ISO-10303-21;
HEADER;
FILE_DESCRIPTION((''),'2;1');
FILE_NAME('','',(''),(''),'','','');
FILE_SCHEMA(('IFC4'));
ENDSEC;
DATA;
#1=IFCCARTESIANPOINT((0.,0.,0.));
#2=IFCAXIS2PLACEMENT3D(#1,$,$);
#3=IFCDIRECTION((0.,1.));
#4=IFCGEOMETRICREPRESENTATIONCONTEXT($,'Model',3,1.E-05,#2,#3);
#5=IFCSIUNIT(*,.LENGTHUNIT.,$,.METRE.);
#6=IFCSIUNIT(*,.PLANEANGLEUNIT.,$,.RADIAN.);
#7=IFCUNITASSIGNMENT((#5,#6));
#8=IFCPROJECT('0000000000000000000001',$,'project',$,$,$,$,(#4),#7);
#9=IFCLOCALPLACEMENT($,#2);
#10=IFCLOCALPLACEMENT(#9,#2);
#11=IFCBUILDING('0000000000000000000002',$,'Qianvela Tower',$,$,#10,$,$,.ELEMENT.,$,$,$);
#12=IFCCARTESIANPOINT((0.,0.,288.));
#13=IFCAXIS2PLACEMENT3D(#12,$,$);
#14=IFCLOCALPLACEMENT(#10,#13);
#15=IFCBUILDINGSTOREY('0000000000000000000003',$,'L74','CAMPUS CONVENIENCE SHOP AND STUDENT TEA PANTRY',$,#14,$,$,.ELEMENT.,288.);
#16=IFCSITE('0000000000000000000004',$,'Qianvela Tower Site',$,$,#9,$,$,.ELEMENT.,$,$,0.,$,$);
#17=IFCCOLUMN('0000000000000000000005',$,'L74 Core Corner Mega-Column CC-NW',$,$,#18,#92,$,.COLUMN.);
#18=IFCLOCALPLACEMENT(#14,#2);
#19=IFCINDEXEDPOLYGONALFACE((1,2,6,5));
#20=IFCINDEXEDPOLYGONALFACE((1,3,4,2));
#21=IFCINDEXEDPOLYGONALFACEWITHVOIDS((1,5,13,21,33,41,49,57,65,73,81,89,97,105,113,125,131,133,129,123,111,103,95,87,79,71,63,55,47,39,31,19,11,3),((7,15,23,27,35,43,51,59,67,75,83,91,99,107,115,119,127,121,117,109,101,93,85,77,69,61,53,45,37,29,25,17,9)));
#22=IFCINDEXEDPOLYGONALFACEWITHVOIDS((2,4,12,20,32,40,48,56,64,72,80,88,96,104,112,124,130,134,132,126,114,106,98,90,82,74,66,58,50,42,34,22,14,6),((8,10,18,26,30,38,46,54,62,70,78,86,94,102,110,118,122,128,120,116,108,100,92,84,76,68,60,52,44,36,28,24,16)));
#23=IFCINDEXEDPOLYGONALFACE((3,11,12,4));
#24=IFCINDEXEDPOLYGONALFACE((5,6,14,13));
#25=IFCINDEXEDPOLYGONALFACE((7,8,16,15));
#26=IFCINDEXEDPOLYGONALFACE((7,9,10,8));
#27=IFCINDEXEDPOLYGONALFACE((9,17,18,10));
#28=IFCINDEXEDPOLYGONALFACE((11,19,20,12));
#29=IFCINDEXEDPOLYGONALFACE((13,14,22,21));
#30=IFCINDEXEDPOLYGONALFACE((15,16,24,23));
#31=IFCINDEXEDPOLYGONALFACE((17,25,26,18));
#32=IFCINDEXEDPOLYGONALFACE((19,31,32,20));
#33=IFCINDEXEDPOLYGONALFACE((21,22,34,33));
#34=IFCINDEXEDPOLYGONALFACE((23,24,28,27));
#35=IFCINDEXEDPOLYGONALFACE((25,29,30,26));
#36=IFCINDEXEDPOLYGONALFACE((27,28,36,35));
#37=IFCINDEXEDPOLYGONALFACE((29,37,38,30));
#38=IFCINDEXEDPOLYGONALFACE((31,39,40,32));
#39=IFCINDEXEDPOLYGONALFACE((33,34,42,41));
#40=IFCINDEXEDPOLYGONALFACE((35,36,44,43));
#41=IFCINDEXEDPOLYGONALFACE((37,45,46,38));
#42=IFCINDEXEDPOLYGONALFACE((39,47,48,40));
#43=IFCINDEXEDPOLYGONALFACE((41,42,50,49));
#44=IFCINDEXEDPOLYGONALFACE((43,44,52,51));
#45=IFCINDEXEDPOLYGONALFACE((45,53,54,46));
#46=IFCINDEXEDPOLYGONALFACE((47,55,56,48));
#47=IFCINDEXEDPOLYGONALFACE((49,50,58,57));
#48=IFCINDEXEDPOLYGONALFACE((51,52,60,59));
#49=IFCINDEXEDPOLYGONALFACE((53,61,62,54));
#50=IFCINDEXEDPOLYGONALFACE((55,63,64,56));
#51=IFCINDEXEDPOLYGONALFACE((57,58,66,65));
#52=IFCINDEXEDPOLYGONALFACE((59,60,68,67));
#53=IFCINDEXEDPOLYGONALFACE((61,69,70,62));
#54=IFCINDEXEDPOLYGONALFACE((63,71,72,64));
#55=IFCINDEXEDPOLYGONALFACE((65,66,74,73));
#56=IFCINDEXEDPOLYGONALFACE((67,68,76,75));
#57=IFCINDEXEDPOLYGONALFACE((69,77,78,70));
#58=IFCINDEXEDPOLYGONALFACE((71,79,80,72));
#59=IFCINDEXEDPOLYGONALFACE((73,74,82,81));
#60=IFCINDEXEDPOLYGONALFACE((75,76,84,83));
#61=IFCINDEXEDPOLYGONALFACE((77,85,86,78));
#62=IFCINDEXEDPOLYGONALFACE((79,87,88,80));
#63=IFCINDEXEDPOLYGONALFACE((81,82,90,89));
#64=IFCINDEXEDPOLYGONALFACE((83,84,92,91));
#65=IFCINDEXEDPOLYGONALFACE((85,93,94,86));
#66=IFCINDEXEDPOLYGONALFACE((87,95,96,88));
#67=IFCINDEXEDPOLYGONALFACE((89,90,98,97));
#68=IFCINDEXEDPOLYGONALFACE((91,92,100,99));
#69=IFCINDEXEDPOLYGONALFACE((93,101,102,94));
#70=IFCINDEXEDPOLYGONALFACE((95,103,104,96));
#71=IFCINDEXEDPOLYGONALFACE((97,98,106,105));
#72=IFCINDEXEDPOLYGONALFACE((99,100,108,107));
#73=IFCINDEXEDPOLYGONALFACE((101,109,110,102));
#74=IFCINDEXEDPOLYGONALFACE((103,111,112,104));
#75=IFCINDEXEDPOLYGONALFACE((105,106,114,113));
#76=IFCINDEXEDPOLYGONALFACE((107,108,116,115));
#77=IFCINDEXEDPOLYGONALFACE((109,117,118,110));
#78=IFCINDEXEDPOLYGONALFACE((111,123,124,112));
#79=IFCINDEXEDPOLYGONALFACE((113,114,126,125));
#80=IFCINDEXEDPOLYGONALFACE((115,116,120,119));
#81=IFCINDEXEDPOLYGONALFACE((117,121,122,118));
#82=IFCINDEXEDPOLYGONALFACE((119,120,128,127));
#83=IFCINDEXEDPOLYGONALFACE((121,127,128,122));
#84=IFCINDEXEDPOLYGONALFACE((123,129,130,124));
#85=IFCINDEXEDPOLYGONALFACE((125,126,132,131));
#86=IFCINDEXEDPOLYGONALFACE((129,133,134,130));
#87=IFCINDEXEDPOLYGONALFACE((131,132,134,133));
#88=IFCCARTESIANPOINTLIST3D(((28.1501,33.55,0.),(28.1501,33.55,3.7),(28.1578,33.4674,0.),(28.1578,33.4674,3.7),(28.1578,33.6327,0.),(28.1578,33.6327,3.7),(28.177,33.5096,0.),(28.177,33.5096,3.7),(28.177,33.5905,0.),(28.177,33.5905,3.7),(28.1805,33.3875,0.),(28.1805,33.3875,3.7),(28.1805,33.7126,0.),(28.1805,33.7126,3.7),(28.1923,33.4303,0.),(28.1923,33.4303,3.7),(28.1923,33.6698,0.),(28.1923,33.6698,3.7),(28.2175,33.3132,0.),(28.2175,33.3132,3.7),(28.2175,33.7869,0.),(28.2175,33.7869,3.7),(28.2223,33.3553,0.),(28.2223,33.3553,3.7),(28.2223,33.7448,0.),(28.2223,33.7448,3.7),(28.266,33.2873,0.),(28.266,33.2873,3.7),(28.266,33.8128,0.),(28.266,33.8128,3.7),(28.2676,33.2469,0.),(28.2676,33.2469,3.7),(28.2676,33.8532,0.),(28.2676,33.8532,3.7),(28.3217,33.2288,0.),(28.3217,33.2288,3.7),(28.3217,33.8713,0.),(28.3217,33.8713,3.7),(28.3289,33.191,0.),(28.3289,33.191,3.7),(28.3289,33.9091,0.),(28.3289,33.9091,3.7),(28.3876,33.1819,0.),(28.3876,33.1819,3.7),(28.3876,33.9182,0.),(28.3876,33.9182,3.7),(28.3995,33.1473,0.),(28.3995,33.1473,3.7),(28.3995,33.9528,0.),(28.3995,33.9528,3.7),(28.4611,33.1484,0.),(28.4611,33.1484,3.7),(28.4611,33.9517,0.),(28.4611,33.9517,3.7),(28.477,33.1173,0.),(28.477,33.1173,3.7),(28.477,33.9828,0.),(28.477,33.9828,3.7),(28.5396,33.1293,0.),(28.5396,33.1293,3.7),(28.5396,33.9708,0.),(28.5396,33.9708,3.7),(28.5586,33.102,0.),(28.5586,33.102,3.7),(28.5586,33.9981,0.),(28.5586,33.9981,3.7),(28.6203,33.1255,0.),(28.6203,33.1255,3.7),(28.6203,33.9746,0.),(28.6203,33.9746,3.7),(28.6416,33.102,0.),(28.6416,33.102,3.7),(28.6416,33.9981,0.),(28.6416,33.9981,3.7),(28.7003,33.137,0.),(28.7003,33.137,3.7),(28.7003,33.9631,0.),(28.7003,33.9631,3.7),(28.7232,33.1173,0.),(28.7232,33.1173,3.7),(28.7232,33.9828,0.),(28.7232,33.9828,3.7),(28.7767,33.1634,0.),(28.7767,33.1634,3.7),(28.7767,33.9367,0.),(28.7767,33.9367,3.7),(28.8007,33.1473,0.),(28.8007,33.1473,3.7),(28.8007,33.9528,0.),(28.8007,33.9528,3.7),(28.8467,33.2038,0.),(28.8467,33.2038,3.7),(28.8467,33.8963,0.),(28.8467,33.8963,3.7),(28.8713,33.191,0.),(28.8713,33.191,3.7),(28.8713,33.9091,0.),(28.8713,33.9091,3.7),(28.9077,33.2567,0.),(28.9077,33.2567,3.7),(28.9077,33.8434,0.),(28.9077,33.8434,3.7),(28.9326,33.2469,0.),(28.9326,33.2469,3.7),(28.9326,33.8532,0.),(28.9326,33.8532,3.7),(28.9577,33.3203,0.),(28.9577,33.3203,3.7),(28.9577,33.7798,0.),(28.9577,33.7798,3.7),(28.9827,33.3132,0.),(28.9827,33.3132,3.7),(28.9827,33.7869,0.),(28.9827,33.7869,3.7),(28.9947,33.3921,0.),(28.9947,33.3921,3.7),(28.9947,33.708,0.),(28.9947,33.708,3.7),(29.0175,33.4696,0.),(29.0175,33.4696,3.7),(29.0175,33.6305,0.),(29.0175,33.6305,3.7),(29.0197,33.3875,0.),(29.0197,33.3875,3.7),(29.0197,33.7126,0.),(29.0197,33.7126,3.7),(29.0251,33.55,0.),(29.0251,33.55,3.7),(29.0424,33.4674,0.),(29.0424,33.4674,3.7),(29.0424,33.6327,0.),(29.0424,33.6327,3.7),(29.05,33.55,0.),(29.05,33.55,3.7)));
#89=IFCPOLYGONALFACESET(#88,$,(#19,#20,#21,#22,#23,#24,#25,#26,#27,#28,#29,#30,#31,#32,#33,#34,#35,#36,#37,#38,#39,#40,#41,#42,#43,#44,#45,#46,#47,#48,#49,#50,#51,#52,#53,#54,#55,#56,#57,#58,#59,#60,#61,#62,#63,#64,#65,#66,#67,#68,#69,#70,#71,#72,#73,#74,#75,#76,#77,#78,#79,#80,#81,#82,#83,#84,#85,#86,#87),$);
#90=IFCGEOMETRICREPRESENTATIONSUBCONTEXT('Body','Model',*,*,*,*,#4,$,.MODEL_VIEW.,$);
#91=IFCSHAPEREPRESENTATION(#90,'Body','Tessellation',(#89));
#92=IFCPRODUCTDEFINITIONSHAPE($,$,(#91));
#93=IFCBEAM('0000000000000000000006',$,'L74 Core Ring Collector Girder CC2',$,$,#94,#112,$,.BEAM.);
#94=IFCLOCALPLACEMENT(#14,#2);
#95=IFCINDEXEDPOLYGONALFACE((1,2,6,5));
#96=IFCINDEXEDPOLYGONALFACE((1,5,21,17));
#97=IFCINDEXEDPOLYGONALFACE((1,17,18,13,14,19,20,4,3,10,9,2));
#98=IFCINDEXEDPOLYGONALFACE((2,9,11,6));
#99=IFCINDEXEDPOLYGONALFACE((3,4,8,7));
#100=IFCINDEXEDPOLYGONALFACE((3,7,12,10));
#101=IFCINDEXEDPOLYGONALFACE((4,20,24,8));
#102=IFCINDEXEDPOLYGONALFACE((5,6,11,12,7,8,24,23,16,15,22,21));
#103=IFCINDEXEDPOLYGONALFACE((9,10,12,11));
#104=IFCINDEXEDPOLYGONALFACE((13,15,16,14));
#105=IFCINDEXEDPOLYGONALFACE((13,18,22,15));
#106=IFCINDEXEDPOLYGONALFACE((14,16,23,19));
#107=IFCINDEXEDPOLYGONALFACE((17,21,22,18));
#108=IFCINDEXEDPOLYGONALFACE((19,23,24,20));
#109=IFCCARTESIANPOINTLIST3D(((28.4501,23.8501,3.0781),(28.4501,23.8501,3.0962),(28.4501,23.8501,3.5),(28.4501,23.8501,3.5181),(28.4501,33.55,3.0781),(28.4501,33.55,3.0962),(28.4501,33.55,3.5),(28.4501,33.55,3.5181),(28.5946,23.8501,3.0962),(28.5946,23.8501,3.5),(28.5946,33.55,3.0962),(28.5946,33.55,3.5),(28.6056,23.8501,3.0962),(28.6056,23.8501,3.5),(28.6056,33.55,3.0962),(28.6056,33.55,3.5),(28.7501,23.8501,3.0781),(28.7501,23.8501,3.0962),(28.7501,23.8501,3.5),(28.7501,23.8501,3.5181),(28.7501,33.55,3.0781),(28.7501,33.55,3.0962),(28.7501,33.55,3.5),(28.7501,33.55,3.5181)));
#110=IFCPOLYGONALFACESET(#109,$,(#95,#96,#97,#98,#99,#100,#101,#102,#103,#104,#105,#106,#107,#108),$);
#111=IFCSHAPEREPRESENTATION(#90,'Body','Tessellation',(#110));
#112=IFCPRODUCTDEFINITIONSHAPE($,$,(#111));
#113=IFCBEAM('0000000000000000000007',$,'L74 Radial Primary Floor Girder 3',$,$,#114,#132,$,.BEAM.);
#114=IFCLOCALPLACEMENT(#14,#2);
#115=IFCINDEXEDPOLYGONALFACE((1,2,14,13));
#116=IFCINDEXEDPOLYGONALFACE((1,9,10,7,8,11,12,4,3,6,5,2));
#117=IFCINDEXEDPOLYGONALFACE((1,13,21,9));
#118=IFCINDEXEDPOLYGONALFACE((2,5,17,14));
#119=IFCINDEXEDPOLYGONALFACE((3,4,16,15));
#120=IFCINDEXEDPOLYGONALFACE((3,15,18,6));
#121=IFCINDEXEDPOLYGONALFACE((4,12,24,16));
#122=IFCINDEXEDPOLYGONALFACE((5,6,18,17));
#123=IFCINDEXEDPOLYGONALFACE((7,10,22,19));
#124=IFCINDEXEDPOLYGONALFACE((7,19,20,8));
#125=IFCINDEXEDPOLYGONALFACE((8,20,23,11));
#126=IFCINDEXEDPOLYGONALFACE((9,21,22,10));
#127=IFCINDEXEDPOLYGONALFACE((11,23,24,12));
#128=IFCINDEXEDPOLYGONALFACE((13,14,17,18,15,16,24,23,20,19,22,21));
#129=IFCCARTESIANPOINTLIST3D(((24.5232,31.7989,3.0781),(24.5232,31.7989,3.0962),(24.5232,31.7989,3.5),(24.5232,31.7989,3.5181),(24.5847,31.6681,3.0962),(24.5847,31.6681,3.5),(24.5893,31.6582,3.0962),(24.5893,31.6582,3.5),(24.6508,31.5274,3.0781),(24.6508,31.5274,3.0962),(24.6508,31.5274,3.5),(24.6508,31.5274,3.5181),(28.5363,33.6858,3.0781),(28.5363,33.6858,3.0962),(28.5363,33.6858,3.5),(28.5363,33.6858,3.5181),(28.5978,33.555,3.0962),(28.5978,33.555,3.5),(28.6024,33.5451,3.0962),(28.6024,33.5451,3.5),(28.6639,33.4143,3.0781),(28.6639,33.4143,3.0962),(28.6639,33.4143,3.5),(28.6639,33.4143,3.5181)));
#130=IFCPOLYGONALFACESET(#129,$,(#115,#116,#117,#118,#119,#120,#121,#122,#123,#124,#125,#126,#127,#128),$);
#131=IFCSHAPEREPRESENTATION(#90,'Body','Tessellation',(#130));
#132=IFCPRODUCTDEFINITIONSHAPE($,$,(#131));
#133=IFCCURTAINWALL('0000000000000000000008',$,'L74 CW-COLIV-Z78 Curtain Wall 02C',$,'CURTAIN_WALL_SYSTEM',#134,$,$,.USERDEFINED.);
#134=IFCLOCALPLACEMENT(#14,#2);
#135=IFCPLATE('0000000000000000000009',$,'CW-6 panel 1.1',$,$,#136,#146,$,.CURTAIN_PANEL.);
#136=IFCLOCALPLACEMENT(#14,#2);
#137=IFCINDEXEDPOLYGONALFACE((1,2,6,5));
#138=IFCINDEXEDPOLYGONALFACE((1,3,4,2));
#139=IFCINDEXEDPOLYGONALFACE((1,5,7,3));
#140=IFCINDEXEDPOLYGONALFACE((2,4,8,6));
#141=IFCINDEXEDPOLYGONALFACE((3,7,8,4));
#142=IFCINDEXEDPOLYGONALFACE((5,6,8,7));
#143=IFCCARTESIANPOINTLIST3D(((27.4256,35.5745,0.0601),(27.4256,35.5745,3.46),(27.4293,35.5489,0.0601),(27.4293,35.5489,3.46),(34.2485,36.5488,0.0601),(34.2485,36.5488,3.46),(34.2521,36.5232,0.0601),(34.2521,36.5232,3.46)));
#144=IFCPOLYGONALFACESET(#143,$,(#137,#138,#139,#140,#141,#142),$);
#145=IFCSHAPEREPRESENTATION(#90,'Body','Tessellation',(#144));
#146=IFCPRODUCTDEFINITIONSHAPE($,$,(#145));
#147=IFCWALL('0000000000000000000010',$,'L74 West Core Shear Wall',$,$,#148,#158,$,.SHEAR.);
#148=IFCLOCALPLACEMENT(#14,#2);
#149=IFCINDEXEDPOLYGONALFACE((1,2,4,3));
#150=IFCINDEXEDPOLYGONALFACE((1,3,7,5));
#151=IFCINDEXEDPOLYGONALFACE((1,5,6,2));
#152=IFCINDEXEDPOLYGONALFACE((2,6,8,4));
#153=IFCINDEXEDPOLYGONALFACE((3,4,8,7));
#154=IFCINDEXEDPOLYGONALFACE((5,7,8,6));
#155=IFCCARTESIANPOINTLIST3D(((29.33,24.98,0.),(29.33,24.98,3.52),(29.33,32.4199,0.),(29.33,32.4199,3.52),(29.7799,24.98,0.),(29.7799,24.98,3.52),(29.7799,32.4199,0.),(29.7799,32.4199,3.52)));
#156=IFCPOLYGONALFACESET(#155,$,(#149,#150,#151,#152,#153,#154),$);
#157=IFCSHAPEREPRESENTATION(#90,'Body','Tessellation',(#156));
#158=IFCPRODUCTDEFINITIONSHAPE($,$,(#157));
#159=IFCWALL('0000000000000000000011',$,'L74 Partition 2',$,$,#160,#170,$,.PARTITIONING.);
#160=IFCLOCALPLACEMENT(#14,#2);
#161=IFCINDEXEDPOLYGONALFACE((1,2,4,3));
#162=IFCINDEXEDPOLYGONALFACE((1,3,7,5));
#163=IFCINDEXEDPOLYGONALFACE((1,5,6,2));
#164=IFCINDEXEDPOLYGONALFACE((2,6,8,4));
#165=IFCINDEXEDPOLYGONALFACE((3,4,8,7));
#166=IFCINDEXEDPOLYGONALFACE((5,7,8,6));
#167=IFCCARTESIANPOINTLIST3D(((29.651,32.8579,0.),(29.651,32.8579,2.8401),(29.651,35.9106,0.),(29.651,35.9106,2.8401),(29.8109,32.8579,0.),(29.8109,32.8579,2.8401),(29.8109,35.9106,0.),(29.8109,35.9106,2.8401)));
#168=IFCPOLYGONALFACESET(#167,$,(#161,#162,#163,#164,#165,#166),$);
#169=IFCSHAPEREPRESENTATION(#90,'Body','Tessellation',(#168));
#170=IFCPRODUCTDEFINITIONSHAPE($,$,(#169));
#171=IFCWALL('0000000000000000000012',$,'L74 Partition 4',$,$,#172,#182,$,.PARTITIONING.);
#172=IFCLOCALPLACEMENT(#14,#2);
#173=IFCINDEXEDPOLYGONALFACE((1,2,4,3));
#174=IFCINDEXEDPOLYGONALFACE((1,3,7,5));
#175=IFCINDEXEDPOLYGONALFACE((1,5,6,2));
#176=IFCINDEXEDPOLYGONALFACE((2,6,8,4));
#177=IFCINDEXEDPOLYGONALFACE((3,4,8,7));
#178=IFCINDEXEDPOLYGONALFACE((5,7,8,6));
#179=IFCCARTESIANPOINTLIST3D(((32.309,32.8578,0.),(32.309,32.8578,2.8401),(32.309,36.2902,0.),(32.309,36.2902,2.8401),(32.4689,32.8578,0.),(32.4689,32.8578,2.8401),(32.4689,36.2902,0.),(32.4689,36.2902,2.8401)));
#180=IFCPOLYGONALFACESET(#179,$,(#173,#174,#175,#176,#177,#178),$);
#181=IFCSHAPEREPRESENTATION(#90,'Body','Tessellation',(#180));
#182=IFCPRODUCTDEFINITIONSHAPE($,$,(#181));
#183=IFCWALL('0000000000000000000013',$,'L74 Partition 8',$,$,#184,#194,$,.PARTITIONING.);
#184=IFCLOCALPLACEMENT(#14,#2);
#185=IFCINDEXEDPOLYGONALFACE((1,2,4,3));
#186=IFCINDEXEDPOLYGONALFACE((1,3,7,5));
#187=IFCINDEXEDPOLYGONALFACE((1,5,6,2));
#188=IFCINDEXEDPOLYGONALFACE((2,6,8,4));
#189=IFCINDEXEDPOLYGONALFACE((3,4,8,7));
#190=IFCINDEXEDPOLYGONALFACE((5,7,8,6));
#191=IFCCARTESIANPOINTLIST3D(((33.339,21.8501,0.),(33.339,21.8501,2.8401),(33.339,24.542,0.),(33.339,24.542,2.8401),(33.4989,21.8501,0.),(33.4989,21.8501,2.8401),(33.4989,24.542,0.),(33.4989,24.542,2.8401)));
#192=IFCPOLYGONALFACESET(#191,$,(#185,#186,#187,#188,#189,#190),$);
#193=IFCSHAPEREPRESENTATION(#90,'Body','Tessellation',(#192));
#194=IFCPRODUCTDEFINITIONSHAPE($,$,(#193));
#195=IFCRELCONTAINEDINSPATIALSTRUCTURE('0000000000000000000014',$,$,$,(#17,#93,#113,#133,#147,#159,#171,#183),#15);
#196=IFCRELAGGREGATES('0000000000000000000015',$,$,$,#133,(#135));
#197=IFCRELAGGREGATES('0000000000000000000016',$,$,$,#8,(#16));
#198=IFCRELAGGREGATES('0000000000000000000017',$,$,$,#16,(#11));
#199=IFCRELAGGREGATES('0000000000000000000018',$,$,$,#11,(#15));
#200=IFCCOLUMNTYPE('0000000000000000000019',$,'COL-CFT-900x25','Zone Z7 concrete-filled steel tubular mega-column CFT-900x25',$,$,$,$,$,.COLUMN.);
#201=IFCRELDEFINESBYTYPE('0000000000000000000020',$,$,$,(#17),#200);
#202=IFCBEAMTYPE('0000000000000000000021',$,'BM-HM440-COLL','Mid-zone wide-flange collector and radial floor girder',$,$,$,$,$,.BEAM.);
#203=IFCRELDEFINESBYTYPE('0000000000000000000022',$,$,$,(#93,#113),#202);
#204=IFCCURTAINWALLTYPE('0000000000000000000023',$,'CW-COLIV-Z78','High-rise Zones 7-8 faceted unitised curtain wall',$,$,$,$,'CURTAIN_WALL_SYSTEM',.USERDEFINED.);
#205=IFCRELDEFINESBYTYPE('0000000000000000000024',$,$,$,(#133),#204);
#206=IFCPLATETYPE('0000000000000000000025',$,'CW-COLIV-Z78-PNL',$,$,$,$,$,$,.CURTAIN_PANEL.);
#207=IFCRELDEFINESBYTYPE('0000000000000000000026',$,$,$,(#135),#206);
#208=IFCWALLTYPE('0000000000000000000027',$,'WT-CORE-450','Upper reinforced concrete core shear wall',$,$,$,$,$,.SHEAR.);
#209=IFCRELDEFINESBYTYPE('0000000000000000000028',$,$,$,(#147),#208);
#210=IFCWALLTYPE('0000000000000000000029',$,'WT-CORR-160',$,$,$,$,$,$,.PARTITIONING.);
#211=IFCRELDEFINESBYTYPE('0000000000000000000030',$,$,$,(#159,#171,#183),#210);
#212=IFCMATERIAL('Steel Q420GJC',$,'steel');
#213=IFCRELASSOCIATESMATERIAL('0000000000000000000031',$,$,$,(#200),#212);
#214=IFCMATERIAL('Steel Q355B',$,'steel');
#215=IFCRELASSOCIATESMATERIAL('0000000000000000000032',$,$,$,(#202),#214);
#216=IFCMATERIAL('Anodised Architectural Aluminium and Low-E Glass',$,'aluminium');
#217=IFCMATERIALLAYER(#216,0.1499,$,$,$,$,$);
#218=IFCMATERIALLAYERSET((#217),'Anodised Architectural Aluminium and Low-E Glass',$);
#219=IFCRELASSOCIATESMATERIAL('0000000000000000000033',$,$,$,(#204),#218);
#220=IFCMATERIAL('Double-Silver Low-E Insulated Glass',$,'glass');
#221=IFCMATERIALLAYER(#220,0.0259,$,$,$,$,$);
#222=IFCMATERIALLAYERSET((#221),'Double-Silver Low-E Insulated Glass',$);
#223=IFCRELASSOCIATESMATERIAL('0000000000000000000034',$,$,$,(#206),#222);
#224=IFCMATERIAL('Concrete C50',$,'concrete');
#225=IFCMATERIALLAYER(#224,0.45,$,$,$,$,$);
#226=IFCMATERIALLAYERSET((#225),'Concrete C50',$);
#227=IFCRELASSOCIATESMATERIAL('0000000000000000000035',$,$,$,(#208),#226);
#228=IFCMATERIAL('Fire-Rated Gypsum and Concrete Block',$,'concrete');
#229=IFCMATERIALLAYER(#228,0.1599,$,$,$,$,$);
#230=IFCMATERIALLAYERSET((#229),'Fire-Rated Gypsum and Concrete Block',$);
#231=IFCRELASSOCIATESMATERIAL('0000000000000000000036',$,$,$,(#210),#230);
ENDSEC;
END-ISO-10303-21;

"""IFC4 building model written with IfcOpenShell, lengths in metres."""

from ifc_helpers import new_model, si_unit, direction, frame, frame_2d, origin, origin_2d, place, context, subcontext, project, spatial, rectangle, hollow_circle, i_section, extrude, material, layer, layer_set, material_profile, profile_set, type_object, element, aggregate, save


model = new_model("IFC4")

# Units and contexts
model_context = context("Model", 3, precision=1e-05, world=origin(), true_north=direction((0.0, 1.0)))
body_context = subcontext(model_context, "Body", "Model", "MODEL_VIEW")
ifc_project = project(units=[si_unit("LENGTHUNIT", "METRE"), si_unit("PLANEANGLEUNIT", "RADIAN")], contexts=[model_context])

# Site, building, storey
site_placement = place(None, origin())
site = spatial("IfcSite", under=ifc_project, at=site_placement, Name="Qianvela Tower Site", CompositionType="ELEMENT", RefElevation=0.0)
building_placement = place(site_placement, origin())
building = spatial("IfcBuilding", under=site, at=building_placement, Name="Qianvela Tower", CompositionType="ELEMENT")
storey_placement = place(building_placement, frame((0.0, 0.0, 288.0)))
storey = spatial("IfcBuildingStorey", under=building, at=storey_placement, Name="L74", Description="CAMPUS CONVENIENCE SHOP AND STUDENT TEA PANTRY", CompositionType="ELEMENT", Elevation=288.0)

# Column
ifc_material_1 = material(Name="Steel Q420GJC", Category="steel")
ifc_material_profile_1 = material_profile(ifc_material_1, hollow_circle(Radius=0.45, WallThickness=0.0249, at=origin_2d()), Name="CFT-900x25")
ifc_profile_set_1 = profile_set([ifc_material_profile_1], Name="Steel Q420GJC")
column_type = type_object("IfcColumnType", Name="COL-CFT-900x25", Description="Zone Z7 concrete-filled steel tubular mega-column CFT-900x25", PredefinedType="COLUMN", material=ifc_profile_set_1)
column_placement = place(storey_placement, frame((28.6001, 33.55, 0.0), z_axis=(0.0, 0.0, 1.0), x_axis=(1.0, 0.0, 0.0)))
element("IfcColumn", 1, at=column_placement, inside=storey, type_object=column_type, Name="L74 Core Corner Mega-Column CC-NW", PredefinedType="COLUMN", context=body_context, shape_type="SweptSolid", body=[
    extrude(hollow_circle(Radius=0.45, WallThickness=0.0249, at=origin_2d()), origin(), (0.0, 0.0, 1.0), 3.7),
])

# Beams
ifc_material_2 = material(Name="Steel Q355B", Category="steel")
ifc_material_profile_2 = material_profile(ifc_material_2, i_section(OverallWidth=0.3, OverallDepth=0.4399, WebThickness=0.011, FlangeThickness=0.0181, at=origin_2d()), Name="HM440x300x11x18")
ifc_profile_set_2 = profile_set([ifc_material_profile_2], Name="Steel Q355B")
beam_type = type_object("IfcBeamType", Name="BM-HM440-COLL", Description="Mid-zone wide-flange collector and radial floor girder", PredefinedType="BEAM", material=ifc_profile_set_2)
beam_1_placement = place(storey_placement, frame((28.6001, 33.55, 3.2981), z_axis=(0.0, -1.0, 0.0), x_axis=(1.0, 0.0, 0.0)))
element("IfcBeam", 2, at=beam_1_placement, inside=storey, type_object=beam_type, Name="L74 Core Ring Collector Girder CC2", PredefinedType="BEAM", context=body_context, shape_type="SweptSolid", body=[
    extrude(i_section(OverallWidth=0.3, OverallDepth=0.4399, WebThickness=0.011, FlangeThickness=0.0181, at=origin_2d()), origin(), (0.0, 0.0, 1.0), 9.7),
])
beam_2_placement = place(storey_placement, frame((28.6001, 33.55, 3.2981), z_axis=(-0.904957, -0.425503, 0.0), x_axis=(0.425503, -0.904957, 0.0)))
element("IfcBeam", 3, at=beam_2_placement, inside=storey, type_object=beam_type, Name="L74 Radial Primary Floor Girder 3", PredefinedType="BEAM", context=body_context, shape_type="SweptSolid", body=[
    extrude(i_section(OverallWidth=0.3, OverallDepth=0.4399, WebThickness=0.011, FlangeThickness=0.0181, at=origin_2d()), origin(), (0.0, 0.0, 1.0), 4.4346),
])

# Curtain wall, plate
ifc_material_3 = material(Name="Anodised Architectural Aluminium and Low-E Glass", Category="aluminium")
ifc_layer_1 = layer(ifc_material_3, 0.1499)
ifc_layer_set_1 = layer_set([ifc_layer_1], Name="Anodised Architectural Aluminium and Low-E Glass")
curtain_wall_type = type_object("IfcCurtainWallType", Name="CW-COLIV-Z78", Description="High-rise Zones 7-8 faceted unitised curtain wall", ElementType="CURTAIN_WALL_SYSTEM", PredefinedType="USERDEFINED", material=ifc_layer_set_1)
curtain_wall_placement = place(storey_placement, origin())
curtain_wall = element("IfcCurtainWall", 4, at=curtain_wall_placement, inside=storey, type_object=curtain_wall_type, Name="L74 CW-COLIV-Z78 Curtain Wall 02C", ObjectType="CURTAIN_WALL_SYSTEM", PredefinedType="USERDEFINED")
ifc_material_4 = material(Name="Double-Silver Low-E Insulated Glass", Category="glass")
ifc_layer_2 = layer(ifc_material_4, 0.0259)
ifc_layer_set_2 = layer_set([ifc_layer_2], Name="Double-Silver Low-E Insulated Glass")
plate_type = type_object("IfcPlateType", Name="CW-COLIV-Z78-PNL", PredefinedType="CURTAIN_PANEL", material=ifc_layer_set_2)
plate_placement = place(storey_placement, frame((30.8389, 36.0488, 0.0601), z_axis=(0.0, 0.0, 1.0), x_axis=(-0.989958, -0.141362, 0.0)))
plate = element("IfcPlate", 5, at=plate_placement, type_object=plate_type, Name="CW-6 panel 1.1", PredefinedType="CURTAIN_PANEL", context=body_context, shape_type="SweptSolid", body=[
    extrude(rectangle(XDim=6.8921, YDim=0.0259, at=origin_2d()), origin(), (0.0, 0.0, 1.0), 3.3999),
])
aggregate(curtain_wall, [plate])

# Shared definitions
ifc_material_5 = material(Name="Concrete C50", Category="concrete")
ifc_layer_3 = layer(ifc_material_5, 0.45)
ifc_layer_set_3 = layer_set([ifc_layer_3], Name="Concrete C50")
wall_type_1 = type_object("IfcWallType", Name="WT-CORE-450", Description="Upper reinforced concrete core shear wall", PredefinedType="SHEAR", material=ifc_layer_set_3)

# Walls
wall_1_placement = place(storey_placement, frame((29.5549, 24.98, 0.0), z_axis=(0.0, 0.0, 1.0), x_axis=(0.0, 1.0, 0.0)))
element("IfcWall", 6, at=wall_1_placement, inside=storey, type_object=wall_type_1, Name="L74 West Core Shear Wall", PredefinedType="SHEAR", context=body_context, shape_type="SweptSolid", body=[
    extrude(rectangle(XDim=7.4399, YDim=0.45, at=frame_2d((3.72, 0.0))), origin(), (0.0, 0.0, 1.0), 3.52),
])
ifc_material_6 = material(Name="Fire-Rated Gypsum and Concrete Block", Category="concrete")
ifc_layer_4 = layer(ifc_material_6, 0.1599)
ifc_layer_set_4 = layer_set([ifc_layer_4], Name="Fire-Rated Gypsum and Concrete Block")
wall_type_2 = type_object("IfcWallType", Name="WT-CORR-160", PredefinedType="PARTITIONING", material=ifc_layer_set_4)
wall_2_placement = place(storey_placement, frame((29.731, 32.8579, 0.0), z_axis=(0.0, 0.0, 1.0), x_axis=(0.0, 1.0, 0.0)))
element("IfcWall", 7, at=wall_2_placement, inside=storey, type_object=wall_type_2, Name="L74 Partition 2", PredefinedType="PARTITIONING", context=body_context, shape_type="SweptSolid", body=[
    extrude(rectangle(XDim=3.0527, YDim=0.1599, at=frame_2d((1.5264, 0.0))), origin(), (0.0, 0.0, 1.0), 2.8401),
])
wall_3_placement = place(storey_placement, frame((32.3889, 36.2903, 0.0), z_axis=(0.0, 0.0, 1.0), x_axis=(0.0, -1.0, 0.0)))
element("IfcWall", 8, at=wall_3_placement, inside=storey, type_object=wall_type_2, Name="L74 Partition 4", PredefinedType="PARTITIONING", context=body_context, shape_type="SweptSolid", body=[
    extrude(rectangle(XDim=3.4324, YDim=0.1599, at=frame_2d((1.7163, 0.0))), origin(), (0.0, 0.0, 1.0), 2.8401),
])
wall_4_placement = place(storey_placement, frame((33.4189, 24.542, 0.0), z_axis=(0.0, 0.0, 1.0), x_axis=(0.0, -1.0, 0.0)))
element("IfcWall", 9, at=wall_4_placement, inside=storey, type_object=wall_type_2, Name="L74 Partition 8", PredefinedType="PARTITIONING", context=body_context, shape_type="SweptSolid", body=[
    extrude(rectangle(XDim=2.6919, YDim=0.1599, at=frame_2d((1.3459, 0.0))), origin(), (0.0, 0.0, 1.0), 2.8401),
])

save(model, "model.ifc")
